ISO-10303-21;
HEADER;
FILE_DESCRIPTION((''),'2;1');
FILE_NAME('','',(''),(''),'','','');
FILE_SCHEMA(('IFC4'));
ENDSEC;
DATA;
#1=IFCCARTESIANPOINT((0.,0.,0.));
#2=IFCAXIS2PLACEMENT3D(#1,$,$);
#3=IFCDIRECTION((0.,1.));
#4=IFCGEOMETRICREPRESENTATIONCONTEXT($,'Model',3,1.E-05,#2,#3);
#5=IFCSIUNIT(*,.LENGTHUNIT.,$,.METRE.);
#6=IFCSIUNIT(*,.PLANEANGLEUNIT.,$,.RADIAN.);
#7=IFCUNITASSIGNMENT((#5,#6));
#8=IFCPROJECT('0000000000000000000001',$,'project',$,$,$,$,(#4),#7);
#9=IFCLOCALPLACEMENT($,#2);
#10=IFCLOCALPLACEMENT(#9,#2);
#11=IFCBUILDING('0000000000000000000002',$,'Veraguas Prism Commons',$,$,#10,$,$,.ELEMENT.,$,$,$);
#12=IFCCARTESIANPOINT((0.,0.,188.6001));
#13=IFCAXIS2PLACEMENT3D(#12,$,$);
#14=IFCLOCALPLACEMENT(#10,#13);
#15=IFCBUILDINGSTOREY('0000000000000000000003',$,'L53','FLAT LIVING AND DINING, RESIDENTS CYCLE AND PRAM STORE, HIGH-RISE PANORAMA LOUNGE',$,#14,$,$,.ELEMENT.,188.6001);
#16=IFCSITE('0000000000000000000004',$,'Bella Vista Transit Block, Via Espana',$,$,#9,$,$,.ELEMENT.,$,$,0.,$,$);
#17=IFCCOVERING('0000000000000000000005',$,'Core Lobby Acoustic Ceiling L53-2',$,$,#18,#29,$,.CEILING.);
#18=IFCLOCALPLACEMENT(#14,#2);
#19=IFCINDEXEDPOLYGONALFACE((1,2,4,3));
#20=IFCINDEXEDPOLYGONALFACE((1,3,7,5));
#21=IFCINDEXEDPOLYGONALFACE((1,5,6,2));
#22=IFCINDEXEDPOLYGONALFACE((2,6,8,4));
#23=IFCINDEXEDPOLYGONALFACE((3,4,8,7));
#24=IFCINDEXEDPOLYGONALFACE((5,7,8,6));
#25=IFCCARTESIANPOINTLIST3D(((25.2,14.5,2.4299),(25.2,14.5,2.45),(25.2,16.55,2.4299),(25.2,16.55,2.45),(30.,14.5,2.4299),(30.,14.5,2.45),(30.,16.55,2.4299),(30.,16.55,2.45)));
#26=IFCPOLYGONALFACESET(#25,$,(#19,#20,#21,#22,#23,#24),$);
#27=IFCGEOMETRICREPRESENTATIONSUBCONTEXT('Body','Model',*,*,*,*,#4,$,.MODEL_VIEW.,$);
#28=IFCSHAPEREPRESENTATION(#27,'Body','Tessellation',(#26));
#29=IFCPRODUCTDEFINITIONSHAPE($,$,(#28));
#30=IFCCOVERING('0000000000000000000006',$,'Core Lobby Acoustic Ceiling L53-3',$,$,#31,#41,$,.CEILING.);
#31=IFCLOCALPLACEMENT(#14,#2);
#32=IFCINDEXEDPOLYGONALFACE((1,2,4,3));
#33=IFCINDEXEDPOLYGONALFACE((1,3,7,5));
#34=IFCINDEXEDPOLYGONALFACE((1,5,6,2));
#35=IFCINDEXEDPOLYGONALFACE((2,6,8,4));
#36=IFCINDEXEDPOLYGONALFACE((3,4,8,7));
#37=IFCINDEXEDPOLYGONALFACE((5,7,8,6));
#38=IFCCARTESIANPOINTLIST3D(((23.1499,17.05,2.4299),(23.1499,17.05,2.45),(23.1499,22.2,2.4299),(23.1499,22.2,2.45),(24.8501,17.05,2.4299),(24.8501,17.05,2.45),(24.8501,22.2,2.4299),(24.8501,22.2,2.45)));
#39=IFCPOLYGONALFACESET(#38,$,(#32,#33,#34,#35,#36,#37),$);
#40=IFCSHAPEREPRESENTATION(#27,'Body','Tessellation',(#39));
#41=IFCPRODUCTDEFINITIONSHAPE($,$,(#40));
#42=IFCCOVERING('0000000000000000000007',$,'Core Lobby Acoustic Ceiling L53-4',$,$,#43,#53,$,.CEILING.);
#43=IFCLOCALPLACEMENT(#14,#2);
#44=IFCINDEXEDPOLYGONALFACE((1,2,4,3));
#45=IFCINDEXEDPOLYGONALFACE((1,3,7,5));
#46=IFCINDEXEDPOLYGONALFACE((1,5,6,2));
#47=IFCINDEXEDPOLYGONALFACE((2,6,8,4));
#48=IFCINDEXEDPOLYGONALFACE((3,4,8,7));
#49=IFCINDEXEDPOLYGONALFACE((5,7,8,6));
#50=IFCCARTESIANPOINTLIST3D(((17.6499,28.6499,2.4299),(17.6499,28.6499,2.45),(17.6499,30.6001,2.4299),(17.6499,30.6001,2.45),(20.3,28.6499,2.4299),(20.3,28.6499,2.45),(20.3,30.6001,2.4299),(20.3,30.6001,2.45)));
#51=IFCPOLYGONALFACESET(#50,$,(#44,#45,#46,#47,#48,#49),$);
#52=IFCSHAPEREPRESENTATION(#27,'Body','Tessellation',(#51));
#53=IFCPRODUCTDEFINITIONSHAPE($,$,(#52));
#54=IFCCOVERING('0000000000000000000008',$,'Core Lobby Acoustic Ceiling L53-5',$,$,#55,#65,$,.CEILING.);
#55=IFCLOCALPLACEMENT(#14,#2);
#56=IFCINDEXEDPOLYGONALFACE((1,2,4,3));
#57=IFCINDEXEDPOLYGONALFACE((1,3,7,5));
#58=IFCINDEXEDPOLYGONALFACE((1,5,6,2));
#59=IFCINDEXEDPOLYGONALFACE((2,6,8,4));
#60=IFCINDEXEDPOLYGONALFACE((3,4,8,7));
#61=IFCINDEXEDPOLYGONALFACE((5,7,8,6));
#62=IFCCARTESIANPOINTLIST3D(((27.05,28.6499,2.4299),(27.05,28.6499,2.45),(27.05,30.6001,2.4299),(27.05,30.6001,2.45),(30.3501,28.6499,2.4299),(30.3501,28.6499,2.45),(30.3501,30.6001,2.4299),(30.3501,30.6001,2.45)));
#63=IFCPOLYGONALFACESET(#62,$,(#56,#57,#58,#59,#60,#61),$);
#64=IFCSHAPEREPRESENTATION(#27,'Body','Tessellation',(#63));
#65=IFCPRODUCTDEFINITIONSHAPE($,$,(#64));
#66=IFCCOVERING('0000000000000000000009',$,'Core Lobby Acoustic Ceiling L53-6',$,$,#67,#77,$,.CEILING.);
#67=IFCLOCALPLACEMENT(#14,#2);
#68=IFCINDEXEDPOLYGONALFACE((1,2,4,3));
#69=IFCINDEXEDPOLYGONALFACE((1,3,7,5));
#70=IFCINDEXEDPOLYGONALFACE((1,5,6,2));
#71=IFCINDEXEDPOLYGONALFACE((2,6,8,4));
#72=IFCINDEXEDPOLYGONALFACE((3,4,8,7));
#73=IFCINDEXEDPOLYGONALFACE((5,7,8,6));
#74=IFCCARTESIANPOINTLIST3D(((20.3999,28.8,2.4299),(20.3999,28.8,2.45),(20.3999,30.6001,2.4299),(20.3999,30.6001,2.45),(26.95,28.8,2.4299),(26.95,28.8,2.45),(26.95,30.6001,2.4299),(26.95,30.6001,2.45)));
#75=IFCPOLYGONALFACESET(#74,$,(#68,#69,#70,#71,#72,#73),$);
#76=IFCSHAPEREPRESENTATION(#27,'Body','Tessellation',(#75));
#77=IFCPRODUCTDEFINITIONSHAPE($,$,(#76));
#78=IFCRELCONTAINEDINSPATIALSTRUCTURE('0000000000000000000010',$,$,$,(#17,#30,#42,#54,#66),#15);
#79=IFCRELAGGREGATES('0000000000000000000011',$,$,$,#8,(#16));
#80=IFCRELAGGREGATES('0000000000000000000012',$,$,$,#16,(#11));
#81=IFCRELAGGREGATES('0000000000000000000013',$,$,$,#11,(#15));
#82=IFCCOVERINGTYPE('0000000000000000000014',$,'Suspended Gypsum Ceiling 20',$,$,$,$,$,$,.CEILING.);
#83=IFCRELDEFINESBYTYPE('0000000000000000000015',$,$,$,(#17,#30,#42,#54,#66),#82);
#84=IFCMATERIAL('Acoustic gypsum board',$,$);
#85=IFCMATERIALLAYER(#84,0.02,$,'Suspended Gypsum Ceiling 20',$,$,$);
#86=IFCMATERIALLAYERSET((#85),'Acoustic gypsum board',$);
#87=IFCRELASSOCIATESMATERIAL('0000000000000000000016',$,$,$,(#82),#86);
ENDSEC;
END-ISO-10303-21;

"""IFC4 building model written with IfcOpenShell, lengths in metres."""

from ifc_helpers import new_model, si_unit, direction, frame, origin, place, context, subcontext, project, spatial, polyline, outline, extrude, material, layer, layer_set, type_object, element, save


model = new_model("IFC4")

# Units and contexts
model_context = context("Model", 3, precision=1e-05, world=origin(), true_north=direction((0.0, 1.0)))
body_context = subcontext(model_context, "Body", "Model", "MODEL_VIEW")
ifc_project = project(units=[si_unit("LENGTHUNIT", "METRE"), si_unit("PLANEANGLEUNIT", "RADIAN")], contexts=[model_context])

# Site, building, storey
site_placement = place(None, origin())
site = spatial("IfcSite", under=ifc_project, at=site_placement, Name="Bella Vista Transit Block, Via Espana", CompositionType="ELEMENT", RefElevation=0.0)
building_placement = place(site_placement, origin())
building = spatial("IfcBuilding", under=site, at=building_placement, Name="Veraguas Prism Commons", CompositionType="ELEMENT")
storey_placement = place(building_placement, frame((0.0, 0.0, 188.6001)))
storey = spatial("IfcBuildingStorey", under=building, at=storey_placement, Name="L53", Description="FLAT LIVING AND DINING, RESIDENTS CYCLE AND PRAM STORE, HIGH-RISE PANORAMA LOUNGE", CompositionType="ELEMENT", Elevation=188.6001)

# Coverings
ifc_material_1 = material(Name="Acoustic gypsum board")
ifc_layer_1 = layer(ifc_material_1, 0.02, Name="Suspended Gypsum Ceiling 20")
ifc_layer_set_1 = layer_set([ifc_layer_1], Name="Acoustic gypsum board")
covering_type_1 = type_object("IfcCoveringType", Name="Suspended Gypsum Ceiling 20", PredefinedType="CEILING", material=ifc_layer_set_1)
covering_1_placement = place(storey_placement, frame((0.0, 0.0, 2.4299)))
element("IfcCovering", 1, at=covering_1_placement, inside=storey, type_object=covering_type_1, Name="Core Lobby Acoustic Ceiling L53-2", PredefinedType="CEILING", context=body_context, shape_type="SweptSolid", body=[
    extrude(outline(polyline([(25.2, 14.5), (30.0, 14.5), (30.0, 16.55), (25.2, 16.55), (25.2, 14.5)])), origin(), (0.0, 0.0, 1.0), 0.02),
])
covering_2_placement = place(storey_placement, frame((0.0, 0.0, 2.4299)))
element("IfcCovering", 2, at=covering_2_placement, inside=storey, type_object=covering_type_1, Name="Core Lobby Acoustic Ceiling L53-3", PredefinedType="CEILING", context=body_context, shape_type="SweptSolid", body=[
    extrude(outline(polyline([(23.1499, 17.05), (24.8501, 17.05), (24.8501, 22.2), (23.1499, 22.2), (23.1499, 17.05)])), origin(), (0.0, 0.0, 1.0), 0.02),
])
covering_3_placement = place(storey_placement, frame((0.0, 0.0, 2.4299)))
element("IfcCovering", 3, at=covering_3_placement, inside=storey, type_object=covering_type_1, Name="Core Lobby Acoustic Ceiling L53-4", PredefinedType="CEILING", context=body_context, shape_type="SweptSolid", body=[
    extrude(outline(polyline([(17.6499, 28.6499), (20.3, 28.6499), (20.3, 30.6001), (17.6499, 30.6001), (17.6499, 28.6499)])), origin(), (0.0, 0.0, 1.0), 0.02),
])
covering_4_placement = place(storey_placement, frame((0.0, 0.0, 2.4299)))
element("IfcCovering", 4, at=covering_4_placement, inside=storey, type_object=covering_type_1, Name="Core Lobby Acoustic Ceiling L53-5", PredefinedType="CEILING", context=body_context, shape_type="SweptSolid", body=[
    extrude(outline(polyline([(27.05, 28.6499), (30.3501, 28.6499), (30.3501, 30.6001), (27.05, 30.6001), (27.05, 28.6499)])), origin(), (0.0, 0.0, 1.0), 0.02),
])
covering_5_placement = place(storey_placement, frame((0.0, 0.0, 2.4299)))
element("IfcCovering", 5, at=covering_5_placement, inside=storey, type_object=covering_type_1, Name="Core Lobby Acoustic Ceiling L53-6", PredefinedType="CEILING", context=body_context, shape_type="SweptSolid", body=[
    extrude(outline(polyline([(20.3999, 28.8), (26.95, 28.8), (26.95, 30.6001), (20.3999, 30.6001), (20.3999, 28.8)])), origin(), (0.0, 0.0, 1.0), 0.02),
])

save(model, "model.ifc")
